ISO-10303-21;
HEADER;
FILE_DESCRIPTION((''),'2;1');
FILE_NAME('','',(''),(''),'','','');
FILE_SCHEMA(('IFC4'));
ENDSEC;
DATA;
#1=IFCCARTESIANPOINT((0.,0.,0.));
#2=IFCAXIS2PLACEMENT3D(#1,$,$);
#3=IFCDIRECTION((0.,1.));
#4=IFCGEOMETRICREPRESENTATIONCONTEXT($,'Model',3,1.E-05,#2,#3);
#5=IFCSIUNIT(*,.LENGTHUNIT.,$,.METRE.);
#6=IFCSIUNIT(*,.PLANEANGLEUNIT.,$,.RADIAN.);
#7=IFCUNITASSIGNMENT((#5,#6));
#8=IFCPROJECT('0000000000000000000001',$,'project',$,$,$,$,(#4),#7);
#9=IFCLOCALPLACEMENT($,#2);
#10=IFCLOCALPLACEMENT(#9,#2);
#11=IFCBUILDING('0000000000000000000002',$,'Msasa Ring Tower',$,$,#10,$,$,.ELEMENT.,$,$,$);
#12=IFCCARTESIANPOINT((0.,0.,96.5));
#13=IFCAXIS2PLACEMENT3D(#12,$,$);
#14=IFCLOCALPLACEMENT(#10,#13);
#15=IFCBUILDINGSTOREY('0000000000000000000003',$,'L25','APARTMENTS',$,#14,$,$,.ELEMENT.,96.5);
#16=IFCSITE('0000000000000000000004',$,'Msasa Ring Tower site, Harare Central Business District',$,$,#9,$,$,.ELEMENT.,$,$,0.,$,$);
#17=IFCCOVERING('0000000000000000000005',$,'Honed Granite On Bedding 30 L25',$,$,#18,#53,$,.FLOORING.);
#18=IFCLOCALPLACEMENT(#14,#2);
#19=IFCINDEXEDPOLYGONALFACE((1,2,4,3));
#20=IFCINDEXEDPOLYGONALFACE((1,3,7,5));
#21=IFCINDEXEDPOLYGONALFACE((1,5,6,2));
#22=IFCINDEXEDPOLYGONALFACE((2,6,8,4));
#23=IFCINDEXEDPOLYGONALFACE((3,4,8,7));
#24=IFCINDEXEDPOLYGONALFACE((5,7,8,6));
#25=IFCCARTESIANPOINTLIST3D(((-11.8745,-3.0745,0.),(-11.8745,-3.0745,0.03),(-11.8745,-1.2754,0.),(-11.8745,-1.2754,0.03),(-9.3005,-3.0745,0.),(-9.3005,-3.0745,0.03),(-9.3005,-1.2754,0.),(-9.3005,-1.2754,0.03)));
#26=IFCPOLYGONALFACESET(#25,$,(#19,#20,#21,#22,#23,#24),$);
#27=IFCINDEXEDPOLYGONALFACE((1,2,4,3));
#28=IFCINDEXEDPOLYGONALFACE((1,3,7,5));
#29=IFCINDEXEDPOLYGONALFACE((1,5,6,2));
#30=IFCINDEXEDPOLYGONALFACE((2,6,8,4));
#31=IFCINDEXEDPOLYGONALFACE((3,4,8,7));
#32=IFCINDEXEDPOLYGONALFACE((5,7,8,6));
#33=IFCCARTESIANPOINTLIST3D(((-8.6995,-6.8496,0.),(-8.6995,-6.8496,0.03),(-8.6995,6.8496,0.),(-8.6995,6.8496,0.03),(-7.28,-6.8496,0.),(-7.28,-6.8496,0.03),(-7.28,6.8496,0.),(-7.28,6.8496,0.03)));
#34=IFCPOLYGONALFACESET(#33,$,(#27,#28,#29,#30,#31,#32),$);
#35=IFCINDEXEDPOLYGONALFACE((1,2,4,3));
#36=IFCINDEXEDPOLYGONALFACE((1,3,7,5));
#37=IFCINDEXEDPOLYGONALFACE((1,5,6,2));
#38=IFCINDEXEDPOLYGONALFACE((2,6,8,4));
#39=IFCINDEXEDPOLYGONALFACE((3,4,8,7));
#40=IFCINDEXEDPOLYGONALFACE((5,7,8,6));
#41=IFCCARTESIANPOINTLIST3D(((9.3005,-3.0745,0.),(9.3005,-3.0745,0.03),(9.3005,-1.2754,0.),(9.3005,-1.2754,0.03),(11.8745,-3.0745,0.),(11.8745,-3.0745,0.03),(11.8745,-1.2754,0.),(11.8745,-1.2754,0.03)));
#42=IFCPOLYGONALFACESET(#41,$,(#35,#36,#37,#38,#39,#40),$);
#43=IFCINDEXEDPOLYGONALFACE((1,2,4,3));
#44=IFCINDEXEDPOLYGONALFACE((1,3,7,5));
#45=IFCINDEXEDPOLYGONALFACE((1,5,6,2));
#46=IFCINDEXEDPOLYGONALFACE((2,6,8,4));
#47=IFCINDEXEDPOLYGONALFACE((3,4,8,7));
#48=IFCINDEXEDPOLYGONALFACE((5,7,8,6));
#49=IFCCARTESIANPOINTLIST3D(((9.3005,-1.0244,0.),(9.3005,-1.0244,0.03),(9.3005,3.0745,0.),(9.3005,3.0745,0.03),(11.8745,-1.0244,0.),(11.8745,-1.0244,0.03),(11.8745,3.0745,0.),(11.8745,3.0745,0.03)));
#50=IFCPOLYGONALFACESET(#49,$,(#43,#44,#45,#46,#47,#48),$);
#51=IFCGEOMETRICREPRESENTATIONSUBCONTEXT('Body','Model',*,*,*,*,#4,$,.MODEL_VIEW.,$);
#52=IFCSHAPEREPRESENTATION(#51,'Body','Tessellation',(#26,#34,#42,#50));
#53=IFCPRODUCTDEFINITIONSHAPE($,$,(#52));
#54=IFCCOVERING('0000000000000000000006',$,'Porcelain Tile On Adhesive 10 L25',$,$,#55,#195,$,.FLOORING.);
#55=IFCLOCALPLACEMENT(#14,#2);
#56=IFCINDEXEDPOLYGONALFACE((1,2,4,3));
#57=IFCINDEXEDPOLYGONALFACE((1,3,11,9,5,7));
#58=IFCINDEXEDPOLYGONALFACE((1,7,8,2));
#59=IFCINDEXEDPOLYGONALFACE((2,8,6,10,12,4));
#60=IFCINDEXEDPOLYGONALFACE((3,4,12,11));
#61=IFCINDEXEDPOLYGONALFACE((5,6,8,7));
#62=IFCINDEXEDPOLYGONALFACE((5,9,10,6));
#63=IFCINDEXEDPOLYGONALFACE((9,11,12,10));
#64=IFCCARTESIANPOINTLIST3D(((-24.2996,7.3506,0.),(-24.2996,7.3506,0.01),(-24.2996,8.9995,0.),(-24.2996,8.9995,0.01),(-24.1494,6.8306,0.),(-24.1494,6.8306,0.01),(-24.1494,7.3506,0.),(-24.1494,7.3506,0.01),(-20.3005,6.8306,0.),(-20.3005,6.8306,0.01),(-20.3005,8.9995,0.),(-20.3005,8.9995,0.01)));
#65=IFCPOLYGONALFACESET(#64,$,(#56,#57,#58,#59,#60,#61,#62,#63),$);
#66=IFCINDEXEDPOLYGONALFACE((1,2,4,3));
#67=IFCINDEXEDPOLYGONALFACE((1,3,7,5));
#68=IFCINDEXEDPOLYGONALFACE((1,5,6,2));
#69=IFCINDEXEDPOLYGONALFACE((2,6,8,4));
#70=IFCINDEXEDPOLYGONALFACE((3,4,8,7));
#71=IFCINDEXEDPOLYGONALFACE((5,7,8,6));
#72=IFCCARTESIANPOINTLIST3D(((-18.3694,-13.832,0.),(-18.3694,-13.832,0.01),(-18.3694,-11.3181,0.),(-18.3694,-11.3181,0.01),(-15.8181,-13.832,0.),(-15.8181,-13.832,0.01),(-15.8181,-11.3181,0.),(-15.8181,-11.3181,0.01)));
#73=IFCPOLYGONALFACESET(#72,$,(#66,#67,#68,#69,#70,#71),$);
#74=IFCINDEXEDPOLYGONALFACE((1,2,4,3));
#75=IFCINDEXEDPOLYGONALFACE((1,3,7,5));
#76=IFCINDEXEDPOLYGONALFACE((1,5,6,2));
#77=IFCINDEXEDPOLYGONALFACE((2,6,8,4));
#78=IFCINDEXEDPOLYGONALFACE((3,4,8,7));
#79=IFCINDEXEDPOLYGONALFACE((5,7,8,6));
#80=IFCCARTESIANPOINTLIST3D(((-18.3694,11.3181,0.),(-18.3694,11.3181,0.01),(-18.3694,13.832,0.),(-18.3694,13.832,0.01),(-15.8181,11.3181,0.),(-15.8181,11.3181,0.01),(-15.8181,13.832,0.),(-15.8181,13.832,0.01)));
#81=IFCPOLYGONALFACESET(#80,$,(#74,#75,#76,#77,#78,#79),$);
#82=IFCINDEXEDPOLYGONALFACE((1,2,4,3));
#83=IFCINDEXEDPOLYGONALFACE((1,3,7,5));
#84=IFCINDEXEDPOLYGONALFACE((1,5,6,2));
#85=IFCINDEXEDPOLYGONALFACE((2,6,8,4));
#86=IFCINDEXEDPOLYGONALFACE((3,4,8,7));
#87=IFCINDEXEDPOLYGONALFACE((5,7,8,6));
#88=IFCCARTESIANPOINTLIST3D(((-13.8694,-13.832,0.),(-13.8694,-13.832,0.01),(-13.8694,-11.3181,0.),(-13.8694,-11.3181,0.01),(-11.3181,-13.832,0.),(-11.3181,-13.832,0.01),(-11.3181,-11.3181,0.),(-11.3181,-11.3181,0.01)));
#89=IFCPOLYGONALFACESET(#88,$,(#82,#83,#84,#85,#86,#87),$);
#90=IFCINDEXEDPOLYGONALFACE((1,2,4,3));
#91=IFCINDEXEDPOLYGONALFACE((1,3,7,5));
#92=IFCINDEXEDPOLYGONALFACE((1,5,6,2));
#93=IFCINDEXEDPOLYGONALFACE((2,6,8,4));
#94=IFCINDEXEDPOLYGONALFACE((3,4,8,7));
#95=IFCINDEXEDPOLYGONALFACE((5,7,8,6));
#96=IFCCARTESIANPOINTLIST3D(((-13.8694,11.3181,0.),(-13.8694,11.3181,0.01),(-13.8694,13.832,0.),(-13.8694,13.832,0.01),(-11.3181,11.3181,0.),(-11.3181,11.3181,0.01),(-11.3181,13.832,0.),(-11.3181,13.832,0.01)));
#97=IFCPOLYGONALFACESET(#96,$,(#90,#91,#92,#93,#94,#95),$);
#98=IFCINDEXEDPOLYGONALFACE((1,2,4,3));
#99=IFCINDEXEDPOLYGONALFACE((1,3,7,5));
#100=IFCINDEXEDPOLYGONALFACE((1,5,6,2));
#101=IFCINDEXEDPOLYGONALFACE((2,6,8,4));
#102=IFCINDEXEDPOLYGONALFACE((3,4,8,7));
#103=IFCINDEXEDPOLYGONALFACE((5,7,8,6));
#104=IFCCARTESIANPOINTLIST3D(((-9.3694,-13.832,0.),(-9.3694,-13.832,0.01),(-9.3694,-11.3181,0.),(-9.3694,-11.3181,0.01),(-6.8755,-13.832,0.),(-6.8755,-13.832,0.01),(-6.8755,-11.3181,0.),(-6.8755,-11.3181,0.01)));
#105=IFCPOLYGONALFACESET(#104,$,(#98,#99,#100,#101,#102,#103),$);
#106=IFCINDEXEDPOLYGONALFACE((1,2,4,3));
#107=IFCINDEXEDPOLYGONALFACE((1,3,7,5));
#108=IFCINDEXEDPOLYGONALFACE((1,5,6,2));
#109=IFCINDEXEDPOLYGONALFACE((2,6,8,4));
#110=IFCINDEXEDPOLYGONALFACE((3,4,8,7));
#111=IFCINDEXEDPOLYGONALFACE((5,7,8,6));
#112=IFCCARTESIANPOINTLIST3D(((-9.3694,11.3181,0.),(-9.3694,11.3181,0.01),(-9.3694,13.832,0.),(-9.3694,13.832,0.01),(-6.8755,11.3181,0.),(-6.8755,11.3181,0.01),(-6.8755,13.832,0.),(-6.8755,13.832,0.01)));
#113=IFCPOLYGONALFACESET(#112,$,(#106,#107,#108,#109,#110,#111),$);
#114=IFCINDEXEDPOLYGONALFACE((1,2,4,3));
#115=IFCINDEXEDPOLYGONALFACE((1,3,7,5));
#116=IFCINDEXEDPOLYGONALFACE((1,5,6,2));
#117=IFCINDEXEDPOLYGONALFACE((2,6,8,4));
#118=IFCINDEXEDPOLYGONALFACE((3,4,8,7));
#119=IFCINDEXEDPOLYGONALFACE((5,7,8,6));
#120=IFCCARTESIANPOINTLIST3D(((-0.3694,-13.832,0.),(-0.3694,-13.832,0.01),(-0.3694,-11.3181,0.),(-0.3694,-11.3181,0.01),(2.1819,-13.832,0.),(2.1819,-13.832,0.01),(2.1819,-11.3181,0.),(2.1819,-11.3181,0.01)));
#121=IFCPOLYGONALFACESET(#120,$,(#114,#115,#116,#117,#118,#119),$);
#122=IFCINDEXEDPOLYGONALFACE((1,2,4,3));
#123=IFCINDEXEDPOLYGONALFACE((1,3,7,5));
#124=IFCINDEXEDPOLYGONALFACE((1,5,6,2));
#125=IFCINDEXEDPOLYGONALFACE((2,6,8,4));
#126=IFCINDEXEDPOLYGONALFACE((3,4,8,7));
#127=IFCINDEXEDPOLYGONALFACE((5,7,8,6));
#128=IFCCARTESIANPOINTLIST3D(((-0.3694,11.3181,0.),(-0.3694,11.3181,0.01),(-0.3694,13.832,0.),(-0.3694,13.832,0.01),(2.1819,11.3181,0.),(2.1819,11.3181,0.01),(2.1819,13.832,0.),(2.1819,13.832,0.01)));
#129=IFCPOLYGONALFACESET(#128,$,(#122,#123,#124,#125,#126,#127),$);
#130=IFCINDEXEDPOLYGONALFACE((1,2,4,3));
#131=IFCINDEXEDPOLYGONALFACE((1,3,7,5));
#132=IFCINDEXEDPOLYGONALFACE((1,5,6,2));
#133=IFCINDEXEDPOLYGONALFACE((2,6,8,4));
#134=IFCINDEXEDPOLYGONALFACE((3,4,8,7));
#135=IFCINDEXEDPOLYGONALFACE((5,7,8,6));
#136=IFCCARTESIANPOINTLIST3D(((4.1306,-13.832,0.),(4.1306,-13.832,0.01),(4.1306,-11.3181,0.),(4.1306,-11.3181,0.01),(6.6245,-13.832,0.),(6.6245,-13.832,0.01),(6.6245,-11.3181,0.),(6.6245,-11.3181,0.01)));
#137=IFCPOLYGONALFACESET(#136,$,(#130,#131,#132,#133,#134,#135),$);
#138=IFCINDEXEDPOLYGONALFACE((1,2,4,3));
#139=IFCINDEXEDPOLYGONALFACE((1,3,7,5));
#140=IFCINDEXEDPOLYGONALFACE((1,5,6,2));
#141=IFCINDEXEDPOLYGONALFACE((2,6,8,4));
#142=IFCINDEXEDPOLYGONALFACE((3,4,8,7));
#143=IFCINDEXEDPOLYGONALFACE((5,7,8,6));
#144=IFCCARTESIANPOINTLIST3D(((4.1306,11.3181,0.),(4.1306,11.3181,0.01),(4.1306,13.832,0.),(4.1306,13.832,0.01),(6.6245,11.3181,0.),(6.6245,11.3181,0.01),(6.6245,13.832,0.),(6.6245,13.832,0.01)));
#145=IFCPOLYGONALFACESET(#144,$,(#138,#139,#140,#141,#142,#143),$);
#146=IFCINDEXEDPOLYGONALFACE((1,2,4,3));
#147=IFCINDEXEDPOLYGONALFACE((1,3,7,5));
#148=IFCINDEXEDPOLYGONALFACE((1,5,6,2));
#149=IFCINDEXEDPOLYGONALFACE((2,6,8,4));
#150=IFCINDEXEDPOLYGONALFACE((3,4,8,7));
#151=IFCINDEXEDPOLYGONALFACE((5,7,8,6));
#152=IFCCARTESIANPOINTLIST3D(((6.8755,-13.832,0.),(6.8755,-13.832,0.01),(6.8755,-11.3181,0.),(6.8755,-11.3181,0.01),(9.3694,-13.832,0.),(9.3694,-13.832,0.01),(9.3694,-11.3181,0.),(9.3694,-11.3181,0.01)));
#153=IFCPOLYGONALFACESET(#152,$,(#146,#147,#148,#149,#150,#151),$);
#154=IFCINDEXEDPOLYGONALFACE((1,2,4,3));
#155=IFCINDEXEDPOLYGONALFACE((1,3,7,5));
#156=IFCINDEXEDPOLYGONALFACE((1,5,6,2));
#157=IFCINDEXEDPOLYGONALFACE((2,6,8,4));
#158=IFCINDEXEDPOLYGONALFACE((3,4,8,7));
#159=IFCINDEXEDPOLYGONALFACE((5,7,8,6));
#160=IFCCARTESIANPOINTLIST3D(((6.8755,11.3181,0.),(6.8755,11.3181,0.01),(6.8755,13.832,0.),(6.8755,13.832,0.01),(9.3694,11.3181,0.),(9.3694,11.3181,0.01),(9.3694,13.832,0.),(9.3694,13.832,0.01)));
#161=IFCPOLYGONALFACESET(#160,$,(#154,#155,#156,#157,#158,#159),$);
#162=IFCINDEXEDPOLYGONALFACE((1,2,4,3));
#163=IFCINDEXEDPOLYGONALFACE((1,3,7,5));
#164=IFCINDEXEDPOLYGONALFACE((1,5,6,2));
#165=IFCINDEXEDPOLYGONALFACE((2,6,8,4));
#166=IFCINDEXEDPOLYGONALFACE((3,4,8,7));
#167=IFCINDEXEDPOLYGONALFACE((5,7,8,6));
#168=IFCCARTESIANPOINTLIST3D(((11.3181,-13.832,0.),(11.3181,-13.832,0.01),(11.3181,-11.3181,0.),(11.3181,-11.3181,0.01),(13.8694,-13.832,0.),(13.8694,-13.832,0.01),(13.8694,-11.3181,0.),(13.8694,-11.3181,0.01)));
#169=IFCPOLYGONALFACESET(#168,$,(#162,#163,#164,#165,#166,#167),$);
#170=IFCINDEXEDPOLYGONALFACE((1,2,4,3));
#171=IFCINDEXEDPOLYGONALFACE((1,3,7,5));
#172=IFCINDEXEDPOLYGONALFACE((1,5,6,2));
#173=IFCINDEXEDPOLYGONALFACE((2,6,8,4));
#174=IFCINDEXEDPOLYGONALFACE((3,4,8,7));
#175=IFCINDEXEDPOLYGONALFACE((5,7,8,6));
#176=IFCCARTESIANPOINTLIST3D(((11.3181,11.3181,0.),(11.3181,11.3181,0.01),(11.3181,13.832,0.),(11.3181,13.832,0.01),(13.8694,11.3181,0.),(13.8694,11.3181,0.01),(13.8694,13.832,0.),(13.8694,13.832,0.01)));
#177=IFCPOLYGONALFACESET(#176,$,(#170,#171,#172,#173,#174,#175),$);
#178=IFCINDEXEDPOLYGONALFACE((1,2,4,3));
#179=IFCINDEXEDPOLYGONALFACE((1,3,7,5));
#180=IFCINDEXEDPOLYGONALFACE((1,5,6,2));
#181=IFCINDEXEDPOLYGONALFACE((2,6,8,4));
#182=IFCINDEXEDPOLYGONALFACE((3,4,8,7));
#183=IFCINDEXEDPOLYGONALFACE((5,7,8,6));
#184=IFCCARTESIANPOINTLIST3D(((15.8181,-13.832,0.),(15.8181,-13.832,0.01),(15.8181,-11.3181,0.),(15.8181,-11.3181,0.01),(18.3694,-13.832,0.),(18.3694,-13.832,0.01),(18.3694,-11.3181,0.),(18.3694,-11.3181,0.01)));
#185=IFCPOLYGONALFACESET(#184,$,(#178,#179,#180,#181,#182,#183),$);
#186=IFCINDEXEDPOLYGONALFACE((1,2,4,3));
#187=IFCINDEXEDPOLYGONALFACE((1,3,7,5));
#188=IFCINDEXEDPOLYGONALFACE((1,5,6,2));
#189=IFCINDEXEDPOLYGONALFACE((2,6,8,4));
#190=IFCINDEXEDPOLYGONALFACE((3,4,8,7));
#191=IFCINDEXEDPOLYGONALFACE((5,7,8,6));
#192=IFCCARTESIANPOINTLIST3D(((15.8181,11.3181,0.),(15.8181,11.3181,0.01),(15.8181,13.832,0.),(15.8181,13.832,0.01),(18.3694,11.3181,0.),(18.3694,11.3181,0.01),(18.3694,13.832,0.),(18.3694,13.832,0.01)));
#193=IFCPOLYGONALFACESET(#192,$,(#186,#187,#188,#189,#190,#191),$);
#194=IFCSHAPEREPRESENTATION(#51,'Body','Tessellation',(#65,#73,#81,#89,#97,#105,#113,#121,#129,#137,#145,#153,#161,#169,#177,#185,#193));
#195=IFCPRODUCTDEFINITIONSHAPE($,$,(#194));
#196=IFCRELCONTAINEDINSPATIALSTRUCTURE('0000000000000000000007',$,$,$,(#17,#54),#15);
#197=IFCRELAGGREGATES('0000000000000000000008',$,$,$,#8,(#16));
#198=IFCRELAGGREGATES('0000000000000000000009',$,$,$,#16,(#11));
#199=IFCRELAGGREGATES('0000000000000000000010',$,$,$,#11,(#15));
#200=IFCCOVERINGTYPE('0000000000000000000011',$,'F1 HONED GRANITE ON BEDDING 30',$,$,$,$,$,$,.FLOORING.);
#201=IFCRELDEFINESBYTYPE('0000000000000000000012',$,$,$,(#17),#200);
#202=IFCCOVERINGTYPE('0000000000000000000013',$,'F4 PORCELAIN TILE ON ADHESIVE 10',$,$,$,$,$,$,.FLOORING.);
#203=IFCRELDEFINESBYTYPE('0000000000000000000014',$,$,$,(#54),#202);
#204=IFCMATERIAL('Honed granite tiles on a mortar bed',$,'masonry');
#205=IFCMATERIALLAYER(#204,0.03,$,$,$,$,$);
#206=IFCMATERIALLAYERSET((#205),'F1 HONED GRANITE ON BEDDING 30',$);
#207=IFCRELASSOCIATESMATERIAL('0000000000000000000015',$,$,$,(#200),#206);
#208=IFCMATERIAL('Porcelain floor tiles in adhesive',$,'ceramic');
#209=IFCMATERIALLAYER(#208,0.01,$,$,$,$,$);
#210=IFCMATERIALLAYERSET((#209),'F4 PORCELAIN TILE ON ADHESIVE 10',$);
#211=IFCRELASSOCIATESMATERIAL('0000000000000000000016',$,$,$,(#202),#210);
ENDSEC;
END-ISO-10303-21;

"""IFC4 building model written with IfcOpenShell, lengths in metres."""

from ifc_helpers import new_model, si_unit, direction, frame, origin, place, context, subcontext, project, spatial, line, indexed_curve, outline, extrude, material, layer, layer_set, type_object, element, save


model = new_model("IFC4")

# Units and contexts
model_context = context("Model", 3, precision=1e-05, world=origin(), true_north=direction((0.0, 1.0)))
body_context = subcontext(model_context, "Body", "Model", "MODEL_VIEW")
ifc_project = project(units=[si_unit("LENGTHUNIT", "METRE"), si_unit("PLANEANGLEUNIT", "RADIAN")], contexts=[model_context])

# Site, building, storey
site_placement = place(None, origin())
site = spatial("IfcSite", under=ifc_project, at=site_placement, Name="Msasa Ring Tower site, Harare Central Business District", CompositionType="ELEMENT", RefElevation=0.0)
building_placement = place(site_placement, origin())
building = spatial("IfcBuilding", under=site, at=building_placement, Name="Msasa Ring Tower", CompositionType="ELEMENT")
storey_placement = place(building_placement, frame((0.0, 0.0, 96.5)))
storey = spatial("IfcBuildingStorey", under=building, at=storey_placement, Name="L25", Description="APARTMENTS", CompositionType="ELEMENT", Elevation=96.5)

# Coverings
ifc_material_1 = material(Name="Honed granite tiles on a mortar bed", Category="masonry")
ifc_layer_1 = layer(ifc_material_1, 0.03)
ifc_layer_set_1 = layer_set([ifc_layer_1], Name="F1 HONED GRANITE ON BEDDING 30")
covering_type_1 = type_object("IfcCoveringType", Name="F1 HONED GRANITE ON BEDDING 30", PredefinedType="FLOORING", material=ifc_layer_set_1)
covering_1_placement = place(storey_placement, origin())
element("IfcCovering", 1, at=covering_1_placement, inside=storey, type_object=covering_type_1, Name="Honed Granite On Bedding 30 L25", PredefinedType="FLOORING", context=body_context, shape_type="SweptSolid", body=[
    extrude(outline(indexed_curve([(-11.8745, -3.0745), (-11.8745, -1.2754), (-9.3005, -1.2754), (-9.3005, -3.0745)], segments=[line(1, 2, 3, 4, 1)], self_intersect=False)), origin(), (0.0, 0.0, 1.0), 0.03),
    extrude(outline(indexed_curve([(-8.6995, -6.8496), (-8.6995, 6.8496), (-7.28, 6.8496), (-7.28, -6.8496)], segments=[line(1, 2, 3, 4, 1)], self_intersect=False)), origin(), (0.0, 0.0, 1.0), 0.03),
    extrude(outline(indexed_curve([(9.3005, -3.0745), (9.3005, -1.2754), (11.8745, -1.2754), (11.8745, -3.0745)], segments=[line(1, 2, 3, 4, 1)], self_intersect=False)), origin(), (0.0, 0.0, 1.0), 0.03),
    extrude(outline(indexed_curve([(9.3005, -1.0244), (9.3005, 3.0745), (11.8745, 3.0745), (11.8745, -1.0244)], segments=[line(1, 2, 3, 4, 1)], self_intersect=False)), origin(), (0.0, 0.0, 1.0), 0.03),
])
ifc_material_2 = material(Name="Porcelain floor tiles in adhesive", Category="ceramic")
ifc_layer_2 = layer(ifc_material_2, 0.01)
ifc_layer_set_2 = layer_set([ifc_layer_2], Name="F4 PORCELAIN TILE ON ADHESIVE 10")
covering_type_2 = type_object("IfcCoveringType", Name="F4 PORCELAIN TILE ON ADHESIVE 10", PredefinedType="FLOORING", material=ifc_layer_set_2)
covering_2_placement = place(storey_placement, origin())
element("IfcCovering", 2, at=covering_2_placement, inside=storey, type_object=covering_type_2, Name="Porcelain Tile On Adhesive 10 L25", PredefinedType="FLOORING", context=body_context, shape_type="SweptSolid", body=[
    extrude(outline(indexed_curve([(-24.1494, 6.8306), (-24.1494, 7.3506), (-24.2996, 7.3506), (-24.2996, 8.9995), (-20.3005, 8.9995), (-20.3005, 6.8306)], segments=[line(1, 2, 3, 4, 5, 6, 1)], self_intersect=False)), origin(), (0.0, 0.0, 1.0), 0.01),
    extrude(outline(indexed_curve([(-15.8181, -11.3181), (-15.8181, -13.832), (-18.3694, -13.832), (-18.3694, -11.3181)], segments=[line(1, 2, 3, 4, 1)], self_intersect=False)), origin(), (0.0, 0.0, 1.0), 0.01),
    extrude(outline(indexed_curve([(-15.8181, 13.832), (-15.8181, 11.3181), (-18.3694, 11.3181), (-18.3694, 13.832)], segments=[line(1, 2, 3, 4, 1)], self_intersect=False)), origin(), (0.0, 0.0, 1.0), 0.01),
    extrude(outline(indexed_curve([(-11.3181, -11.3181), (-11.3181, -13.832), (-13.8694, -13.832), (-13.8694, -11.3181)], segments=[line(1, 2, 3, 4, 1)], self_intersect=False)), origin(), (0.0, 0.0, 1.0), 0.01),
    extrude(outline(indexed_curve([(-11.3181, 13.832), (-11.3181, 11.3181), (-13.8694, 11.3181), (-13.8694, 13.832)], segments=[line(1, 2, 3, 4, 1)], self_intersect=False)), origin(), (0.0, 0.0, 1.0), 0.01),
    extrude(outline(indexed_curve([(-6.8755, -11.3181), (-6.8755, -13.832), (-9.3694, -13.832), (-9.3694, -11.3181)], segments=[line(1, 2, 3, 4, 1)], self_intersect=False)), origin(), (0.0, 0.0, 1.0), 0.01),
    extrude(outline(indexed_curve([(-6.8755, 13.832), (-6.8755, 11.3181), (-9.3694, 11.3181), (-9.3694, 13.832)], segments=[line(1, 2, 3, 4, 1)], self_intersect=False)), origin(), (0.0, 0.0, 1.0), 0.01),
    extrude(outline(indexed_curve([(2.1819, -11.3181), (2.1819, -13.832), (-0.3694, -13.832), (-0.3694, -11.3181)], segments=[line(1, 2, 3, 4, 1)], self_intersect=False)), origin(), (0.0, 0.0, 1.0), 0.01),
    extrude(outline(indexed_curve([(2.1819, 13.832), (2.1819, 11.3181), (-0.3694, 11.3181), (-0.3694, 13.832)], segments=[line(1, 2, 3, 4, 1)], self_intersect=False)), origin(), (0.0, 0.0, 1.0), 0.01),
    extrude(outline(indexed_curve([(6.6245, -11.3181), (6.6245, -13.832), (4.1306, -13.832), (4.1306, -11.3181)], segments=[line(1, 2, 3, 4, 1)], self_intersect=False)), origin(), (0.0, 0.0, 1.0), 0.01),
    extrude(outline(indexed_curve([(6.6245, 13.832), (6.6245, 11.3181), (4.1306, 11.3181), (4.1306, 13.832)], segments=[line(1, 2, 3, 4, 1)], self_intersect=False)), origin(), (0.0, 0.0, 1.0), 0.01),
    extrude(outline(indexed_curve([(9.3694, -11.3181), (9.3694, -13.832), (6.8755, -13.832), (6.8755, -11.3181)], segments=[line(1, 2, 3, 4, 1)], self_intersect=False)), origin(), (0.0, 0.0, 1.0), 0.01),
    extrude(outline(indexed_curve([(9.3694, 13.832), (9.3694, 11.3181), (6.8755, 11.3181), (6.8755, 13.832)], segments=[line(1, 2, 3, 4, 1)], self_intersect=False)), origin(), (0.0, 0.0, 1.0), 0.01),
    extrude(outline(indexed_curve([(13.8694, -11.3181), (13.8694, -13.832), (11.3181, -13.832), (11.3181, -11.3181)], segments=[line(1, 2, 3, 4, 1)], self_intersect=False)), origin(), (0.0, 0.0, 1.0), 0.01),
    extrude(outline(indexed_curve([(13.8694, 11.3181), (11.3181, 11.3181), (11.3181, 13.832), (13.8694, 13.832)], segments=[line(1, 2, 3, 4, 1)], self_intersect=False)), origin(), (0.0, 0.0, 1.0), 0.01),
    extrude(outline(indexed_curve([(18.3694, -11.3181), (18.3694, -13.832), (15.8181, -13.832), (15.8181, -11.3181)], segments=[line(1, 2, 3, 4, 1)], self_intersect=False)), origin(), (0.0, 0.0, 1.0), 0.01),
    extrude(outline(indexed_curve([(18.3694, 11.3181), (15.8181, 11.3181), (15.8181, 13.832), (18.3694, 13.832)], segments=[line(1, 2, 3, 4, 1)], self_intersect=False)), origin(), (0.0, 0.0, 1.0), 0.01),
])

save(model, "model.ifc")
